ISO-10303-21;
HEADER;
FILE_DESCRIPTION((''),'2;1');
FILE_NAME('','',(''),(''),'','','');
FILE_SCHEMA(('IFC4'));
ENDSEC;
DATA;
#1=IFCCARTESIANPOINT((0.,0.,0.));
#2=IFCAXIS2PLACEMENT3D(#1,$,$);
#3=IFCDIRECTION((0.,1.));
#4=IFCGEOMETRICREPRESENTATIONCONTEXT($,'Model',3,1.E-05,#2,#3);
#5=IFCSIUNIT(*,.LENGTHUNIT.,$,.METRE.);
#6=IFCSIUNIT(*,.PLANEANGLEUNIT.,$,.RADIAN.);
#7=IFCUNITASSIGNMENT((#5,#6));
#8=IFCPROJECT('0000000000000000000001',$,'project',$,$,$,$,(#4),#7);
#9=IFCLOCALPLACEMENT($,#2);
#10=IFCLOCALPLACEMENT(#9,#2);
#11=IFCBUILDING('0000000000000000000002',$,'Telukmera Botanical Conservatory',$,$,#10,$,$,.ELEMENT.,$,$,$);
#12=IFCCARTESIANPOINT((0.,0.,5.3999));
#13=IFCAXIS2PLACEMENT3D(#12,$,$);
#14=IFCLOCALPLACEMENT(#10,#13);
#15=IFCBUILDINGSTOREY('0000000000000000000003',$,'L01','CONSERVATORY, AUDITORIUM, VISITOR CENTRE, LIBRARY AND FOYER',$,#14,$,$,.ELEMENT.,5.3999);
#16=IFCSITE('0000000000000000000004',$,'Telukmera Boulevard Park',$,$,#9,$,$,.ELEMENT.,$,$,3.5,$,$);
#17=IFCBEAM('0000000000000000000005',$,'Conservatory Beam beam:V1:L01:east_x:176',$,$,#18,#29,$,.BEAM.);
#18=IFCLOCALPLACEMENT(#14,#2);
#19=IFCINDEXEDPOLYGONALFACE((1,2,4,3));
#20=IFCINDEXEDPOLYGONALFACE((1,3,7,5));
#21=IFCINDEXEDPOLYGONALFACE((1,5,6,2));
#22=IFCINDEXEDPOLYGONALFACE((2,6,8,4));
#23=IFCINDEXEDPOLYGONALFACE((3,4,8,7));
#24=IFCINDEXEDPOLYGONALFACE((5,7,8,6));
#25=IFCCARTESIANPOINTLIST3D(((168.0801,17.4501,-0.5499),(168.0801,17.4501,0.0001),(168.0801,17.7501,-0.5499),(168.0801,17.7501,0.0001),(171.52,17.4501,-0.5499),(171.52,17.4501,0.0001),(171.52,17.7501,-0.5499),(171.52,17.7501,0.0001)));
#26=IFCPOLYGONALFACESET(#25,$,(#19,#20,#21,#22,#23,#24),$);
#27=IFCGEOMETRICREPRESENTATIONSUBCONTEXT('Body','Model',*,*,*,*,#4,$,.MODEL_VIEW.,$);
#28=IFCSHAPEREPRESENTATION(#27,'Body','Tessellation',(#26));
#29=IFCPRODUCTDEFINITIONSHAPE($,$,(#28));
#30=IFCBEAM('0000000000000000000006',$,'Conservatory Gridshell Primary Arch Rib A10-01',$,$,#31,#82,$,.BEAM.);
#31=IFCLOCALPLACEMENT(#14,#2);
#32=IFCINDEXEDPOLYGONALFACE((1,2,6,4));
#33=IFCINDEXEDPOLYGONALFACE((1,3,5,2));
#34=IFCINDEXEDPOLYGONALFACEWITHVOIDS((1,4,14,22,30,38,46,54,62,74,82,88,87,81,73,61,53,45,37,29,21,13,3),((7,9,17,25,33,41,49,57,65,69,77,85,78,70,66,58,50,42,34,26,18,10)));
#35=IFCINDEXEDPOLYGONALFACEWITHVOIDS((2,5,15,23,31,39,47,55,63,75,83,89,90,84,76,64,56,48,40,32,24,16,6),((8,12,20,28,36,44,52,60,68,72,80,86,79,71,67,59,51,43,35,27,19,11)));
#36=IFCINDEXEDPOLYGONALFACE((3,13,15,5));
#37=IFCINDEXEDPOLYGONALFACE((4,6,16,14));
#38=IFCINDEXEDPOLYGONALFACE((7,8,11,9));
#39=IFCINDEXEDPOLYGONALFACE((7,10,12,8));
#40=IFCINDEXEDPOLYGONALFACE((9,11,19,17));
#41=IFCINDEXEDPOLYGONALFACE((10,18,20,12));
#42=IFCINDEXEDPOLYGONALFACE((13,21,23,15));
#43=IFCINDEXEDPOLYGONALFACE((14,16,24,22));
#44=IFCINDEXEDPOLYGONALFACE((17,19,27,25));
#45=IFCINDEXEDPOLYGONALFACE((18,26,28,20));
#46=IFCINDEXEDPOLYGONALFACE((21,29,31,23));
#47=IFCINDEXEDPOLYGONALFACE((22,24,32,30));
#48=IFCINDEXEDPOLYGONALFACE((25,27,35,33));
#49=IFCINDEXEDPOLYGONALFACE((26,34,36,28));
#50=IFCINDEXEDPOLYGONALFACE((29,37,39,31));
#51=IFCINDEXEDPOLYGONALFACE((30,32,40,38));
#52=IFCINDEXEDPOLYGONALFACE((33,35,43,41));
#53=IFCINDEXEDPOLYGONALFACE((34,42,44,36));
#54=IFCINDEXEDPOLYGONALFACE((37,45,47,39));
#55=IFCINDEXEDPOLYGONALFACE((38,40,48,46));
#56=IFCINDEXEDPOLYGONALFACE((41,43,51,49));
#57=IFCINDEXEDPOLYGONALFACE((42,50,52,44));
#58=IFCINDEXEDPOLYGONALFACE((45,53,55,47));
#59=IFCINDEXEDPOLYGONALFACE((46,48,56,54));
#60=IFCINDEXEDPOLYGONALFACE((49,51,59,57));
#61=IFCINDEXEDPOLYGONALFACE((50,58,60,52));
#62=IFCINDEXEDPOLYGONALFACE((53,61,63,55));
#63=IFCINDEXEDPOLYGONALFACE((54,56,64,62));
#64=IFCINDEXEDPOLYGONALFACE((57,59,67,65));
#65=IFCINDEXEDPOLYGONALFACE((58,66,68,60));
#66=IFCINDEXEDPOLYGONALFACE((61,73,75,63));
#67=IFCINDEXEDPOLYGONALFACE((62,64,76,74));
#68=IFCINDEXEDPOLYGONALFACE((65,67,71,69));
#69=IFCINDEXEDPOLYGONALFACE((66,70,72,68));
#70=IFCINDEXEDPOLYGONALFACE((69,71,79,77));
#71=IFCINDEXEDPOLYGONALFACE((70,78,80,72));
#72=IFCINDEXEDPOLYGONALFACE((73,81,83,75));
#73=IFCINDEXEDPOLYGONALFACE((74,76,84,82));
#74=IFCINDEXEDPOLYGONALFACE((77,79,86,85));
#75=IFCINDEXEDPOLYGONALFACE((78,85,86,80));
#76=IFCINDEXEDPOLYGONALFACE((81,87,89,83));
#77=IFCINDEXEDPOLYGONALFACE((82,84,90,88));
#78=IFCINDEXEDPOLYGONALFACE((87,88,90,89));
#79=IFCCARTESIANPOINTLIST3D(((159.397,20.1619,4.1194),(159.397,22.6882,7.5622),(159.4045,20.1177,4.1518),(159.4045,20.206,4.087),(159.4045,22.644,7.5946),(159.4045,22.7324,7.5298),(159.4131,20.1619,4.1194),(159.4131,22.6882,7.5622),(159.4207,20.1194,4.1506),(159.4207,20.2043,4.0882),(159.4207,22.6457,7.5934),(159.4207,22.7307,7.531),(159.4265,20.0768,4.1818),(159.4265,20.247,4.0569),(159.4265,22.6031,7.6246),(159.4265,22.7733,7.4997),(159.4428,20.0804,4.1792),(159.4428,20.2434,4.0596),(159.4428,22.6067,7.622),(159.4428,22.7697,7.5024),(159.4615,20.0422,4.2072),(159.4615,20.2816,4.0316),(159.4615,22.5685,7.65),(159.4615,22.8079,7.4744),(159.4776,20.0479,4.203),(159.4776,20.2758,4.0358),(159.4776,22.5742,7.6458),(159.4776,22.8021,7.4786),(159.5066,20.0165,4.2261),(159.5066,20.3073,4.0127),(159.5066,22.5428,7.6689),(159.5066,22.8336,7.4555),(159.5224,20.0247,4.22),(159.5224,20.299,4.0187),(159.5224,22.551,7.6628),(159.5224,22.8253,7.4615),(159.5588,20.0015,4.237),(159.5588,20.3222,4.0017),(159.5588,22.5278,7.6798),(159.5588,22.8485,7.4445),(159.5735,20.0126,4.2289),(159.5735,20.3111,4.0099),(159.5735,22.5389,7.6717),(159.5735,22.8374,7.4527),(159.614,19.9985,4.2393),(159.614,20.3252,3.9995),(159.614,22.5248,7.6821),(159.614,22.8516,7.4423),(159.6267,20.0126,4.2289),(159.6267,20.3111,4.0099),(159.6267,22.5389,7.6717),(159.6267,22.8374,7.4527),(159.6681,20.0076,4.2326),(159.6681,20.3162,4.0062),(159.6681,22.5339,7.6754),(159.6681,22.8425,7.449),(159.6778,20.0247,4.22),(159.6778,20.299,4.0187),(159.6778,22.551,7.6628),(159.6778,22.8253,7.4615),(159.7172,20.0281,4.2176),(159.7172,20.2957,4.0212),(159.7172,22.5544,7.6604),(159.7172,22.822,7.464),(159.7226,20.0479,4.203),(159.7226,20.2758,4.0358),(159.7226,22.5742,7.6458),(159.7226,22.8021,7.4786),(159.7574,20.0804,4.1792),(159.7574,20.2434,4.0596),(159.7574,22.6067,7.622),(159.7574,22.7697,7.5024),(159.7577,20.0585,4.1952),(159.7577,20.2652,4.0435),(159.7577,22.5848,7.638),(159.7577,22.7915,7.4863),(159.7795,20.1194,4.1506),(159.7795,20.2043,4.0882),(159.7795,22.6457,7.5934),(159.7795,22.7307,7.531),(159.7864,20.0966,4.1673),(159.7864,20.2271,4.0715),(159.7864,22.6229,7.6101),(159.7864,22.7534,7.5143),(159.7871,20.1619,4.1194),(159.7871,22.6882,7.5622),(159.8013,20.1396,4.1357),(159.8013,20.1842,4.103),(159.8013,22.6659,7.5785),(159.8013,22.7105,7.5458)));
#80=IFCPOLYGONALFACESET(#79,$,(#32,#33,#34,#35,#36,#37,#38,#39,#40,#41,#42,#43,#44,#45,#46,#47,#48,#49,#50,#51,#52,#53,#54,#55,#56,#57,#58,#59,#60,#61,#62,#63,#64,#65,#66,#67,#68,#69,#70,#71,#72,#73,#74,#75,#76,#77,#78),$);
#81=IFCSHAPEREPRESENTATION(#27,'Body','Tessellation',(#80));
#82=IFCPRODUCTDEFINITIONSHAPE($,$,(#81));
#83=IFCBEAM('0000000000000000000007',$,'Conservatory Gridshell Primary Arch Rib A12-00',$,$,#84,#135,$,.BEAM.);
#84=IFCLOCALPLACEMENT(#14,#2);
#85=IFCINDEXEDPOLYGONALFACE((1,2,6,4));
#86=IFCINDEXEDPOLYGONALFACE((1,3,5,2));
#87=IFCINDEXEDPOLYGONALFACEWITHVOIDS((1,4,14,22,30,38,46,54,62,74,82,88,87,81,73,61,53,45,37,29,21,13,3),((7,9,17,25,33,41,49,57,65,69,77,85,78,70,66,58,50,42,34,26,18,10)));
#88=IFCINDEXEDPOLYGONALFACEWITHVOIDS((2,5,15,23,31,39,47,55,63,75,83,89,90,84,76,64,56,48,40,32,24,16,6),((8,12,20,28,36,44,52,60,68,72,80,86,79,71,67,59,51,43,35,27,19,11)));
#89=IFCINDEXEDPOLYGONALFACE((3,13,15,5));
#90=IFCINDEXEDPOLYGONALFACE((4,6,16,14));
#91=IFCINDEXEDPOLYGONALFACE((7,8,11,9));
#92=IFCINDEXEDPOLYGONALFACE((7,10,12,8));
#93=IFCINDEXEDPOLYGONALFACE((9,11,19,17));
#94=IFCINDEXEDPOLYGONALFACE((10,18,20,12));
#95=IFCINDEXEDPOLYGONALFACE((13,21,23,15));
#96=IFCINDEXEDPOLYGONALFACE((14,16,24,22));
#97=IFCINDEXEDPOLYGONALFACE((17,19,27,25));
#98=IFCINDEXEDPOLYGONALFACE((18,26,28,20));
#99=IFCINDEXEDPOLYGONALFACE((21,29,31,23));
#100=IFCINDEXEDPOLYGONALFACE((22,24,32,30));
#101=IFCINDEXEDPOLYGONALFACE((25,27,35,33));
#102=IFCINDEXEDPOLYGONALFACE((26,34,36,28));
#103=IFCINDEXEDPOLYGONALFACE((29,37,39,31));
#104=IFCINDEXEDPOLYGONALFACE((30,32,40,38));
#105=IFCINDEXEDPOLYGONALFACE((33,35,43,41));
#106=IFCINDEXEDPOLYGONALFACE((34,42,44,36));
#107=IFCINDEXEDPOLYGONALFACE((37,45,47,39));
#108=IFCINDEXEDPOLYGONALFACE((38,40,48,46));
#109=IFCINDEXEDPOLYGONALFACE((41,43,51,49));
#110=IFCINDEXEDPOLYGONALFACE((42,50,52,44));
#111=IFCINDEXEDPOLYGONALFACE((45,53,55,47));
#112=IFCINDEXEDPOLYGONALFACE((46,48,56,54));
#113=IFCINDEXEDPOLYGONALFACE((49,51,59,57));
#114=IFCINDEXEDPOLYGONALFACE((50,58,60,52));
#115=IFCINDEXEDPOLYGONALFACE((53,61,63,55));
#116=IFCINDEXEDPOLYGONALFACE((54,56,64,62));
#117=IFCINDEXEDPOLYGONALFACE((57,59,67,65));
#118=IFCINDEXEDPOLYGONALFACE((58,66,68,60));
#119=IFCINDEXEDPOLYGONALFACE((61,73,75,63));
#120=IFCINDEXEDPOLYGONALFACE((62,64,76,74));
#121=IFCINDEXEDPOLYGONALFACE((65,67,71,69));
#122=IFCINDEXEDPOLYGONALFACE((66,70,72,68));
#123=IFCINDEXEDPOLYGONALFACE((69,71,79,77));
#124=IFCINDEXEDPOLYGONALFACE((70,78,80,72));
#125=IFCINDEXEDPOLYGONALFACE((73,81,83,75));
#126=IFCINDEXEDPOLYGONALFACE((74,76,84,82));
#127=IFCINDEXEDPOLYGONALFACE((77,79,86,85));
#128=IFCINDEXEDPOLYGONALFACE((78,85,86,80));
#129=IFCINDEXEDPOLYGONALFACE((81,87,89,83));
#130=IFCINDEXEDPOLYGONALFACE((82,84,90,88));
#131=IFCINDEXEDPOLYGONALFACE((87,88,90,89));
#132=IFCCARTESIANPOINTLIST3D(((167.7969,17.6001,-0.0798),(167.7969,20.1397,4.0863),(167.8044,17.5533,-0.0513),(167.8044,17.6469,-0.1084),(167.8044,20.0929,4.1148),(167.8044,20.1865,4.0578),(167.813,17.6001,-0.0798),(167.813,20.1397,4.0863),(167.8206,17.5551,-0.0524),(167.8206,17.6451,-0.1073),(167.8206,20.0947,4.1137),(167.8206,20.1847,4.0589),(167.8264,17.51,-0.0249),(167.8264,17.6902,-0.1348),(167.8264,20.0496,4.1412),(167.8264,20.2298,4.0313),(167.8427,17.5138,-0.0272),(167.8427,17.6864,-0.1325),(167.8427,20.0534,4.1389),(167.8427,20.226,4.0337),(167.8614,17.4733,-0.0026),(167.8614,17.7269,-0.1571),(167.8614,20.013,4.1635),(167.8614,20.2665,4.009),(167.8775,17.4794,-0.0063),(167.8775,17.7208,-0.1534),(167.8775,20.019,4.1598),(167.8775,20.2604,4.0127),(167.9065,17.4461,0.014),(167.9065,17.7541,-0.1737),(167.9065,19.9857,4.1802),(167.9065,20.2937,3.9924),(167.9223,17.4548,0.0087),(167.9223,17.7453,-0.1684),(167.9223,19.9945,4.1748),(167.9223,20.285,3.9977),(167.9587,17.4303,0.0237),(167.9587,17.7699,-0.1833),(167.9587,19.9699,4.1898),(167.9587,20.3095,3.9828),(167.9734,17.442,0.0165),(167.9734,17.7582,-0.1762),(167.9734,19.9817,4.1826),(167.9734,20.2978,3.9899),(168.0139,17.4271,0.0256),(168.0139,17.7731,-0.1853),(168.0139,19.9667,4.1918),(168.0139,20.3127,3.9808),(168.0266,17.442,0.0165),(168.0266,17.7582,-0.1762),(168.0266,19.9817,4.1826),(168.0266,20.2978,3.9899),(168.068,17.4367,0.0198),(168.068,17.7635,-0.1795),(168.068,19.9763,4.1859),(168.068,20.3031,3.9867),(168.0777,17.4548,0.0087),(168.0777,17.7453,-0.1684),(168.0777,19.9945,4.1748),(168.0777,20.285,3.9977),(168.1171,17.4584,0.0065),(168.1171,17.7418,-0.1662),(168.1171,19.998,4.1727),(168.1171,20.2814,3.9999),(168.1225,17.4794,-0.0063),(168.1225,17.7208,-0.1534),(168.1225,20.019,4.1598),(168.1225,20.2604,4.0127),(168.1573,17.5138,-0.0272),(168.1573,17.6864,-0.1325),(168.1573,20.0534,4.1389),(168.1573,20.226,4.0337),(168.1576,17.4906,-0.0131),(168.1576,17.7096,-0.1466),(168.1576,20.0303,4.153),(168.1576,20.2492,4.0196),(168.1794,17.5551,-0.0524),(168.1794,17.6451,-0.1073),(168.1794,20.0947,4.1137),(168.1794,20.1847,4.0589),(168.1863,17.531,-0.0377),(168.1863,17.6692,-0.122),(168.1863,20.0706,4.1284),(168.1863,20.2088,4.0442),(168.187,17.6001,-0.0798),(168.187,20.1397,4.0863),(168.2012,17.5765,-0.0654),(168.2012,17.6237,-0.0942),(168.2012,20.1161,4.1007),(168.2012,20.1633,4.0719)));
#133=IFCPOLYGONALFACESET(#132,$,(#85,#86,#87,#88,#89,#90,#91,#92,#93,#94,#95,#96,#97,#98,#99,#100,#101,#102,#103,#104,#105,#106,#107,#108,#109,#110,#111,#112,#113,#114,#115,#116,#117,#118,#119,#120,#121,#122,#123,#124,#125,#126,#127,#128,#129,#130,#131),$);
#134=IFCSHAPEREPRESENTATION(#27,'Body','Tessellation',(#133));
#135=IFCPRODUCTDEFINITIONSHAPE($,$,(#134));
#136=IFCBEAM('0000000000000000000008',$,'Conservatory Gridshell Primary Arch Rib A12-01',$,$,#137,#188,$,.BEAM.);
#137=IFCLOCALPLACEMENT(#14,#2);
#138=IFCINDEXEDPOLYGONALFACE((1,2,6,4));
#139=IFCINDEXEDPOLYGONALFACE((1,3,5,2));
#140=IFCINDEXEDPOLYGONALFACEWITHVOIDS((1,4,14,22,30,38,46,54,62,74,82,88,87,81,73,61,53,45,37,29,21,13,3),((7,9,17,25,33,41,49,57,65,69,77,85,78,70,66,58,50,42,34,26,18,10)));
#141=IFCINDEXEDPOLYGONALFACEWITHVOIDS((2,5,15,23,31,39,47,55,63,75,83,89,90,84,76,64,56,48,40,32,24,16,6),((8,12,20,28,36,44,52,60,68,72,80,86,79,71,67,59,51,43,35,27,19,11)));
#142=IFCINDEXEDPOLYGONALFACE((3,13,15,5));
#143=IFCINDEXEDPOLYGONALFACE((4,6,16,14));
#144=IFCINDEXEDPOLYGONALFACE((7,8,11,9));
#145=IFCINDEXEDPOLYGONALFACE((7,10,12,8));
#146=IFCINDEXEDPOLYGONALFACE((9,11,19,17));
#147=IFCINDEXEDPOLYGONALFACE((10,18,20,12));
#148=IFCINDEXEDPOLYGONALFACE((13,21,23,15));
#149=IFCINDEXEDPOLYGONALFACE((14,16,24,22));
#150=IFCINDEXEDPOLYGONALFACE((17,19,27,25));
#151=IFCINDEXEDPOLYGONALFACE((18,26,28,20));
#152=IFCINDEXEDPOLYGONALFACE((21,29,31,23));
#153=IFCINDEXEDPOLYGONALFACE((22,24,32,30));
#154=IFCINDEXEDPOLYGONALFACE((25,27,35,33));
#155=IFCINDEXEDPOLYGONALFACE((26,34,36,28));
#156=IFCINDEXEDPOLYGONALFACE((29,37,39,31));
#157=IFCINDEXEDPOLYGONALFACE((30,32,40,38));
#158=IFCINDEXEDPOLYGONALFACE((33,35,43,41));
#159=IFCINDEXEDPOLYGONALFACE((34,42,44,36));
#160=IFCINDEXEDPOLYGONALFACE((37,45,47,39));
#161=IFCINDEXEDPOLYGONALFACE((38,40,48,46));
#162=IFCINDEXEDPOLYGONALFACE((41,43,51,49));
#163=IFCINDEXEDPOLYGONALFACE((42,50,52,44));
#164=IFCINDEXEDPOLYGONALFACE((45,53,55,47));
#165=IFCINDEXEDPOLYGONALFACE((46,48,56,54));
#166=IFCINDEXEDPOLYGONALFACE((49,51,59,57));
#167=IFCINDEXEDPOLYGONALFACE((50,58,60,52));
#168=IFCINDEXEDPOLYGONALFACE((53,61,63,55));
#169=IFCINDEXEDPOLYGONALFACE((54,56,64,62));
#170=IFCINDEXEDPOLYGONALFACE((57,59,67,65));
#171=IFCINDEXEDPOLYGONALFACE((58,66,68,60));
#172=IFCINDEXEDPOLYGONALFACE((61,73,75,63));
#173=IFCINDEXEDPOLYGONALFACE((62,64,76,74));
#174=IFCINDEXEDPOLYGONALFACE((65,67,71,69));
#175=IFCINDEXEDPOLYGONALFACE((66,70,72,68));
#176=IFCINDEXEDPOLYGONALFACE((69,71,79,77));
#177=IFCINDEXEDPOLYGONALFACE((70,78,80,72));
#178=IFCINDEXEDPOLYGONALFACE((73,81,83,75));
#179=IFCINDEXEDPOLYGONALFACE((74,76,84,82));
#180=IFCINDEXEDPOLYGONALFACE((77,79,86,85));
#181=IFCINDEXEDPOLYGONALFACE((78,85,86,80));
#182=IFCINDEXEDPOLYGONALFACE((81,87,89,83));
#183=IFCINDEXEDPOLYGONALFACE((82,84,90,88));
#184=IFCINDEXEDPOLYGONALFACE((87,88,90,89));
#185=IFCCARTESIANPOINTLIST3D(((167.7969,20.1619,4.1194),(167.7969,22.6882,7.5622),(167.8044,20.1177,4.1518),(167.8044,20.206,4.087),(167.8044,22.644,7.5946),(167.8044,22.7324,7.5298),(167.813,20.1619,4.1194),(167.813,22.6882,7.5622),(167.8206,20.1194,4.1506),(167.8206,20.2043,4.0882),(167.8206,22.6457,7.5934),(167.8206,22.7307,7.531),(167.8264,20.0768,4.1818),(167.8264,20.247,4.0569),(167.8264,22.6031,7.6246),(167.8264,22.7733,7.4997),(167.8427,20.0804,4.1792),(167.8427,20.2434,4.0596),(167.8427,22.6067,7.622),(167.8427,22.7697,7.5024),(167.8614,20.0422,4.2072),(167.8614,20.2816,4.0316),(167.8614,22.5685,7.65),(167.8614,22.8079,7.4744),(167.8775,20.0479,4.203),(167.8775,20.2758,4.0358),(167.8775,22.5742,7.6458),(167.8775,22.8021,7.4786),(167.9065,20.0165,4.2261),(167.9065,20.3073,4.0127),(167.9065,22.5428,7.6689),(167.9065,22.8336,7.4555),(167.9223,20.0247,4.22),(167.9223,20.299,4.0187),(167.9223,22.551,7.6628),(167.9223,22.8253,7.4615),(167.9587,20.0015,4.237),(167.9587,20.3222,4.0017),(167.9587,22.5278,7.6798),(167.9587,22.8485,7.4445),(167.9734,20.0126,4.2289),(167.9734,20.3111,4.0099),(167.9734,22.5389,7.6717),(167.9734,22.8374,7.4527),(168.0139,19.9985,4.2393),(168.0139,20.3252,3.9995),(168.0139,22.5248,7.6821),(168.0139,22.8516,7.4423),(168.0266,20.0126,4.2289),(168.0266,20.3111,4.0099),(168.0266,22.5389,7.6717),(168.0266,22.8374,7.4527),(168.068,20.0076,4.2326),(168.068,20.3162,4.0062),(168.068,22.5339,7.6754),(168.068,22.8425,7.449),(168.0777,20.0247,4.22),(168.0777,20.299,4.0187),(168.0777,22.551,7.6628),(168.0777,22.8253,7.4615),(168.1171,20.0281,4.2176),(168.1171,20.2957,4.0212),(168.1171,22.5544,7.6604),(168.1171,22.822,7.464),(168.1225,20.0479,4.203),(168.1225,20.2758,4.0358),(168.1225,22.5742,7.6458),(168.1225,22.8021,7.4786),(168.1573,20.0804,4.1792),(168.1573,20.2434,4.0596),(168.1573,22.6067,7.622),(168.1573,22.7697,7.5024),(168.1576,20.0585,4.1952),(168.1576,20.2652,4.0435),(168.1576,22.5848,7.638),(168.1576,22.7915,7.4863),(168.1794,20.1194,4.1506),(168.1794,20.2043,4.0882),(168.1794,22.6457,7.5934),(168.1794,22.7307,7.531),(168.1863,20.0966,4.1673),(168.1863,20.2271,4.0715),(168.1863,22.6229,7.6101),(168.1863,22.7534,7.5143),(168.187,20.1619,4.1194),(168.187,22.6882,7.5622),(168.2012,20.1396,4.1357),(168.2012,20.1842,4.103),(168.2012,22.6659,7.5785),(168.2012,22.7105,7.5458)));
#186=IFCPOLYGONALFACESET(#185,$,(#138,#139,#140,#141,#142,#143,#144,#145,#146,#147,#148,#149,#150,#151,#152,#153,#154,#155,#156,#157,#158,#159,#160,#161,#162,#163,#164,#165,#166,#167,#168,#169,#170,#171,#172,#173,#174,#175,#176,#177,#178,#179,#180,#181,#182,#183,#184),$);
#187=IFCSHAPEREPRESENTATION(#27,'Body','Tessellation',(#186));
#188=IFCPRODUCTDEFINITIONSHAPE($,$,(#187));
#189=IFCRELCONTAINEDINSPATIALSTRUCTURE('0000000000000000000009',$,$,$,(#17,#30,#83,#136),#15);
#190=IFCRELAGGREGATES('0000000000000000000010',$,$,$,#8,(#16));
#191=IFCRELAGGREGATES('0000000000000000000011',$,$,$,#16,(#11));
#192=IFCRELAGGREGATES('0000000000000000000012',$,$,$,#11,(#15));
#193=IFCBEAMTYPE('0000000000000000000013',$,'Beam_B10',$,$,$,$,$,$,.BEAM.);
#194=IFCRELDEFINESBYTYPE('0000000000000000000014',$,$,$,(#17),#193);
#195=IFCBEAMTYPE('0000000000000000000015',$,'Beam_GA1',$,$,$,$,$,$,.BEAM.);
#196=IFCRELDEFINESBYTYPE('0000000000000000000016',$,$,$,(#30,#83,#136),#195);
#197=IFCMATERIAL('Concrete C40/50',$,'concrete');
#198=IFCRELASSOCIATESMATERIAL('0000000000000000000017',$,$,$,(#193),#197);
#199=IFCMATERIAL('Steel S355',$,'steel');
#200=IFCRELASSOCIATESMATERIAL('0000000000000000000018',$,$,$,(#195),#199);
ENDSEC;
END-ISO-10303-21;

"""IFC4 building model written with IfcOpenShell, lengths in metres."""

from ifc_helpers import new_model, si_unit, direction, frame, origin, origin_2d, place, context, subcontext, project, spatial, rectangle, hollow_circle, extrude, material, material_profile, profile_set, type_object, element, save


model = new_model("IFC4")

# Units and contexts
model_context = context("Model", 3, precision=1e-05, world=origin(), true_north=direction((0.0, 1.0)))
body_context = subcontext(model_context, "Body", "Model", "MODEL_VIEW")
ifc_project = project(units=[si_unit("LENGTHUNIT", "METRE"), si_unit("PLANEANGLEUNIT", "RADIAN")], contexts=[model_context])

# Site, building, storey
site_placement = place(None, origin())
site = spatial("IfcSite", under=ifc_project, at=site_placement, Name="Telukmera Boulevard Park", CompositionType="ELEMENT", RefElevation=3.5)
building_placement = place(site_placement, origin())
building = spatial("IfcBuilding", under=site, at=building_placement, Name="Telukmera Botanical Conservatory", CompositionType="ELEMENT")
storey_placement = place(building_placement, frame((0.0, 0.0, 5.3999)))
storey = spatial("IfcBuildingStorey", under=building, at=storey_placement, Name="L01", Description="CONSERVATORY, AUDITORIUM, VISITOR CENTRE, LIBRARY AND FOYER", CompositionType="ELEMENT", Elevation=5.3999)

# Beams
ifc_material_1 = material(Name="Concrete C40/50", Category="concrete")
ifc_material_profile_1 = material_profile(ifc_material_1, rectangle(XDim=0.3, YDim=0.55, at=origin_2d()), Name="RC 300x550")
ifc_profile_set_1 = profile_set([ifc_material_profile_1], Name="Concrete C40/50")
beam_type_1 = type_object("IfcBeamType", Name="Beam_B10", PredefinedType="BEAM", material=ifc_profile_set_1)
beam_1_placement = place(storey_placement, frame((168.0801, 17.6001, -0.2749), z_axis=(1.0, 0.0, 0.0), x_axis=(0.0, 1.0, 0.0)))
element("IfcBeam", 1, at=beam_1_placement, inside=storey, type_object=beam_type_1, Name="Conservatory Beam beam:V1:L01:east_x:176", PredefinedType="BEAM", context=body_context, shape_type="SweptSolid", body=[
    extrude(rectangle(XDim=0.3, YDim=0.55, at=origin_2d()), origin(), (0.0, 0.0, 1.0), 3.4399),
])
ifc_material_2 = material(Name="Steel S355", Category="steel")
ifc_material_profile_2 = material_profile(ifc_material_2, hollow_circle(Radius=0.2031, WallThickness=0.0161, at=origin_2d()), Name="CHS 406.4x16.0")
ifc_profile_set_2 = profile_set([ifc_material_profile_2], Name="Steel S355")
beam_type_2 = type_object("IfcBeamType", Name="Beam_GA1", PredefinedType="BEAM", material=ifc_profile_set_2)
beam_2_placement = place(storey_placement, frame((159.6001, 20.1619, 4.1194), z_axis=(0.0, 0.591607, 0.806227), x_axis=(-1.0, 0.0, 0.0)))
element("IfcBeam", 2, at=beam_2_placement, inside=storey, type_object=beam_type_2, Name="Conservatory Gridshell Primary Arch Rib A10-01", PredefinedType="BEAM", context=body_context, shape_type="SweptSolid", body=[
    extrude(hollow_circle(Radius=0.2031, WallThickness=0.0161, at=origin_2d()), origin(), (0.0, 0.0, 1.0), 4.2703),
])
beam_3_placement = place(storey_placement, frame((168.0, 17.6001, -0.0798), z_axis=(0.0, 0.520502, 0.85386), x_axis=(-1.0, 0.0, 0.0)))
element("IfcBeam", 3, at=beam_3_placement, inside=storey, type_object=beam_type_2, Name="Conservatory Gridshell Primary Arch Rib A12-00", PredefinedType="BEAM", context=body_context, shape_type="SweptSolid", body=[
    extrude(hollow_circle(Radius=0.2031, WallThickness=0.0161, at=origin_2d()), origin(), (0.0, 0.0, 1.0), 4.8792),
])
beam_4_placement = place(storey_placement, frame((168.0, 20.1619, 4.1194), z_axis=(0.0, 0.591607, 0.806227), x_axis=(-1.0, 0.0, 0.0)))
element("IfcBeam", 4, at=beam_4_placement, inside=storey, type_object=beam_type_2, Name="Conservatory Gridshell Primary Arch Rib A12-01", PredefinedType="BEAM", context=body_context, shape_type="SweptSolid", body=[
    extrude(hollow_circle(Radius=0.2031, WallThickness=0.0161, at=origin_2d()), origin(), (0.0, 0.0, 1.0), 4.2703),
])

save(model, "model.ifc")
